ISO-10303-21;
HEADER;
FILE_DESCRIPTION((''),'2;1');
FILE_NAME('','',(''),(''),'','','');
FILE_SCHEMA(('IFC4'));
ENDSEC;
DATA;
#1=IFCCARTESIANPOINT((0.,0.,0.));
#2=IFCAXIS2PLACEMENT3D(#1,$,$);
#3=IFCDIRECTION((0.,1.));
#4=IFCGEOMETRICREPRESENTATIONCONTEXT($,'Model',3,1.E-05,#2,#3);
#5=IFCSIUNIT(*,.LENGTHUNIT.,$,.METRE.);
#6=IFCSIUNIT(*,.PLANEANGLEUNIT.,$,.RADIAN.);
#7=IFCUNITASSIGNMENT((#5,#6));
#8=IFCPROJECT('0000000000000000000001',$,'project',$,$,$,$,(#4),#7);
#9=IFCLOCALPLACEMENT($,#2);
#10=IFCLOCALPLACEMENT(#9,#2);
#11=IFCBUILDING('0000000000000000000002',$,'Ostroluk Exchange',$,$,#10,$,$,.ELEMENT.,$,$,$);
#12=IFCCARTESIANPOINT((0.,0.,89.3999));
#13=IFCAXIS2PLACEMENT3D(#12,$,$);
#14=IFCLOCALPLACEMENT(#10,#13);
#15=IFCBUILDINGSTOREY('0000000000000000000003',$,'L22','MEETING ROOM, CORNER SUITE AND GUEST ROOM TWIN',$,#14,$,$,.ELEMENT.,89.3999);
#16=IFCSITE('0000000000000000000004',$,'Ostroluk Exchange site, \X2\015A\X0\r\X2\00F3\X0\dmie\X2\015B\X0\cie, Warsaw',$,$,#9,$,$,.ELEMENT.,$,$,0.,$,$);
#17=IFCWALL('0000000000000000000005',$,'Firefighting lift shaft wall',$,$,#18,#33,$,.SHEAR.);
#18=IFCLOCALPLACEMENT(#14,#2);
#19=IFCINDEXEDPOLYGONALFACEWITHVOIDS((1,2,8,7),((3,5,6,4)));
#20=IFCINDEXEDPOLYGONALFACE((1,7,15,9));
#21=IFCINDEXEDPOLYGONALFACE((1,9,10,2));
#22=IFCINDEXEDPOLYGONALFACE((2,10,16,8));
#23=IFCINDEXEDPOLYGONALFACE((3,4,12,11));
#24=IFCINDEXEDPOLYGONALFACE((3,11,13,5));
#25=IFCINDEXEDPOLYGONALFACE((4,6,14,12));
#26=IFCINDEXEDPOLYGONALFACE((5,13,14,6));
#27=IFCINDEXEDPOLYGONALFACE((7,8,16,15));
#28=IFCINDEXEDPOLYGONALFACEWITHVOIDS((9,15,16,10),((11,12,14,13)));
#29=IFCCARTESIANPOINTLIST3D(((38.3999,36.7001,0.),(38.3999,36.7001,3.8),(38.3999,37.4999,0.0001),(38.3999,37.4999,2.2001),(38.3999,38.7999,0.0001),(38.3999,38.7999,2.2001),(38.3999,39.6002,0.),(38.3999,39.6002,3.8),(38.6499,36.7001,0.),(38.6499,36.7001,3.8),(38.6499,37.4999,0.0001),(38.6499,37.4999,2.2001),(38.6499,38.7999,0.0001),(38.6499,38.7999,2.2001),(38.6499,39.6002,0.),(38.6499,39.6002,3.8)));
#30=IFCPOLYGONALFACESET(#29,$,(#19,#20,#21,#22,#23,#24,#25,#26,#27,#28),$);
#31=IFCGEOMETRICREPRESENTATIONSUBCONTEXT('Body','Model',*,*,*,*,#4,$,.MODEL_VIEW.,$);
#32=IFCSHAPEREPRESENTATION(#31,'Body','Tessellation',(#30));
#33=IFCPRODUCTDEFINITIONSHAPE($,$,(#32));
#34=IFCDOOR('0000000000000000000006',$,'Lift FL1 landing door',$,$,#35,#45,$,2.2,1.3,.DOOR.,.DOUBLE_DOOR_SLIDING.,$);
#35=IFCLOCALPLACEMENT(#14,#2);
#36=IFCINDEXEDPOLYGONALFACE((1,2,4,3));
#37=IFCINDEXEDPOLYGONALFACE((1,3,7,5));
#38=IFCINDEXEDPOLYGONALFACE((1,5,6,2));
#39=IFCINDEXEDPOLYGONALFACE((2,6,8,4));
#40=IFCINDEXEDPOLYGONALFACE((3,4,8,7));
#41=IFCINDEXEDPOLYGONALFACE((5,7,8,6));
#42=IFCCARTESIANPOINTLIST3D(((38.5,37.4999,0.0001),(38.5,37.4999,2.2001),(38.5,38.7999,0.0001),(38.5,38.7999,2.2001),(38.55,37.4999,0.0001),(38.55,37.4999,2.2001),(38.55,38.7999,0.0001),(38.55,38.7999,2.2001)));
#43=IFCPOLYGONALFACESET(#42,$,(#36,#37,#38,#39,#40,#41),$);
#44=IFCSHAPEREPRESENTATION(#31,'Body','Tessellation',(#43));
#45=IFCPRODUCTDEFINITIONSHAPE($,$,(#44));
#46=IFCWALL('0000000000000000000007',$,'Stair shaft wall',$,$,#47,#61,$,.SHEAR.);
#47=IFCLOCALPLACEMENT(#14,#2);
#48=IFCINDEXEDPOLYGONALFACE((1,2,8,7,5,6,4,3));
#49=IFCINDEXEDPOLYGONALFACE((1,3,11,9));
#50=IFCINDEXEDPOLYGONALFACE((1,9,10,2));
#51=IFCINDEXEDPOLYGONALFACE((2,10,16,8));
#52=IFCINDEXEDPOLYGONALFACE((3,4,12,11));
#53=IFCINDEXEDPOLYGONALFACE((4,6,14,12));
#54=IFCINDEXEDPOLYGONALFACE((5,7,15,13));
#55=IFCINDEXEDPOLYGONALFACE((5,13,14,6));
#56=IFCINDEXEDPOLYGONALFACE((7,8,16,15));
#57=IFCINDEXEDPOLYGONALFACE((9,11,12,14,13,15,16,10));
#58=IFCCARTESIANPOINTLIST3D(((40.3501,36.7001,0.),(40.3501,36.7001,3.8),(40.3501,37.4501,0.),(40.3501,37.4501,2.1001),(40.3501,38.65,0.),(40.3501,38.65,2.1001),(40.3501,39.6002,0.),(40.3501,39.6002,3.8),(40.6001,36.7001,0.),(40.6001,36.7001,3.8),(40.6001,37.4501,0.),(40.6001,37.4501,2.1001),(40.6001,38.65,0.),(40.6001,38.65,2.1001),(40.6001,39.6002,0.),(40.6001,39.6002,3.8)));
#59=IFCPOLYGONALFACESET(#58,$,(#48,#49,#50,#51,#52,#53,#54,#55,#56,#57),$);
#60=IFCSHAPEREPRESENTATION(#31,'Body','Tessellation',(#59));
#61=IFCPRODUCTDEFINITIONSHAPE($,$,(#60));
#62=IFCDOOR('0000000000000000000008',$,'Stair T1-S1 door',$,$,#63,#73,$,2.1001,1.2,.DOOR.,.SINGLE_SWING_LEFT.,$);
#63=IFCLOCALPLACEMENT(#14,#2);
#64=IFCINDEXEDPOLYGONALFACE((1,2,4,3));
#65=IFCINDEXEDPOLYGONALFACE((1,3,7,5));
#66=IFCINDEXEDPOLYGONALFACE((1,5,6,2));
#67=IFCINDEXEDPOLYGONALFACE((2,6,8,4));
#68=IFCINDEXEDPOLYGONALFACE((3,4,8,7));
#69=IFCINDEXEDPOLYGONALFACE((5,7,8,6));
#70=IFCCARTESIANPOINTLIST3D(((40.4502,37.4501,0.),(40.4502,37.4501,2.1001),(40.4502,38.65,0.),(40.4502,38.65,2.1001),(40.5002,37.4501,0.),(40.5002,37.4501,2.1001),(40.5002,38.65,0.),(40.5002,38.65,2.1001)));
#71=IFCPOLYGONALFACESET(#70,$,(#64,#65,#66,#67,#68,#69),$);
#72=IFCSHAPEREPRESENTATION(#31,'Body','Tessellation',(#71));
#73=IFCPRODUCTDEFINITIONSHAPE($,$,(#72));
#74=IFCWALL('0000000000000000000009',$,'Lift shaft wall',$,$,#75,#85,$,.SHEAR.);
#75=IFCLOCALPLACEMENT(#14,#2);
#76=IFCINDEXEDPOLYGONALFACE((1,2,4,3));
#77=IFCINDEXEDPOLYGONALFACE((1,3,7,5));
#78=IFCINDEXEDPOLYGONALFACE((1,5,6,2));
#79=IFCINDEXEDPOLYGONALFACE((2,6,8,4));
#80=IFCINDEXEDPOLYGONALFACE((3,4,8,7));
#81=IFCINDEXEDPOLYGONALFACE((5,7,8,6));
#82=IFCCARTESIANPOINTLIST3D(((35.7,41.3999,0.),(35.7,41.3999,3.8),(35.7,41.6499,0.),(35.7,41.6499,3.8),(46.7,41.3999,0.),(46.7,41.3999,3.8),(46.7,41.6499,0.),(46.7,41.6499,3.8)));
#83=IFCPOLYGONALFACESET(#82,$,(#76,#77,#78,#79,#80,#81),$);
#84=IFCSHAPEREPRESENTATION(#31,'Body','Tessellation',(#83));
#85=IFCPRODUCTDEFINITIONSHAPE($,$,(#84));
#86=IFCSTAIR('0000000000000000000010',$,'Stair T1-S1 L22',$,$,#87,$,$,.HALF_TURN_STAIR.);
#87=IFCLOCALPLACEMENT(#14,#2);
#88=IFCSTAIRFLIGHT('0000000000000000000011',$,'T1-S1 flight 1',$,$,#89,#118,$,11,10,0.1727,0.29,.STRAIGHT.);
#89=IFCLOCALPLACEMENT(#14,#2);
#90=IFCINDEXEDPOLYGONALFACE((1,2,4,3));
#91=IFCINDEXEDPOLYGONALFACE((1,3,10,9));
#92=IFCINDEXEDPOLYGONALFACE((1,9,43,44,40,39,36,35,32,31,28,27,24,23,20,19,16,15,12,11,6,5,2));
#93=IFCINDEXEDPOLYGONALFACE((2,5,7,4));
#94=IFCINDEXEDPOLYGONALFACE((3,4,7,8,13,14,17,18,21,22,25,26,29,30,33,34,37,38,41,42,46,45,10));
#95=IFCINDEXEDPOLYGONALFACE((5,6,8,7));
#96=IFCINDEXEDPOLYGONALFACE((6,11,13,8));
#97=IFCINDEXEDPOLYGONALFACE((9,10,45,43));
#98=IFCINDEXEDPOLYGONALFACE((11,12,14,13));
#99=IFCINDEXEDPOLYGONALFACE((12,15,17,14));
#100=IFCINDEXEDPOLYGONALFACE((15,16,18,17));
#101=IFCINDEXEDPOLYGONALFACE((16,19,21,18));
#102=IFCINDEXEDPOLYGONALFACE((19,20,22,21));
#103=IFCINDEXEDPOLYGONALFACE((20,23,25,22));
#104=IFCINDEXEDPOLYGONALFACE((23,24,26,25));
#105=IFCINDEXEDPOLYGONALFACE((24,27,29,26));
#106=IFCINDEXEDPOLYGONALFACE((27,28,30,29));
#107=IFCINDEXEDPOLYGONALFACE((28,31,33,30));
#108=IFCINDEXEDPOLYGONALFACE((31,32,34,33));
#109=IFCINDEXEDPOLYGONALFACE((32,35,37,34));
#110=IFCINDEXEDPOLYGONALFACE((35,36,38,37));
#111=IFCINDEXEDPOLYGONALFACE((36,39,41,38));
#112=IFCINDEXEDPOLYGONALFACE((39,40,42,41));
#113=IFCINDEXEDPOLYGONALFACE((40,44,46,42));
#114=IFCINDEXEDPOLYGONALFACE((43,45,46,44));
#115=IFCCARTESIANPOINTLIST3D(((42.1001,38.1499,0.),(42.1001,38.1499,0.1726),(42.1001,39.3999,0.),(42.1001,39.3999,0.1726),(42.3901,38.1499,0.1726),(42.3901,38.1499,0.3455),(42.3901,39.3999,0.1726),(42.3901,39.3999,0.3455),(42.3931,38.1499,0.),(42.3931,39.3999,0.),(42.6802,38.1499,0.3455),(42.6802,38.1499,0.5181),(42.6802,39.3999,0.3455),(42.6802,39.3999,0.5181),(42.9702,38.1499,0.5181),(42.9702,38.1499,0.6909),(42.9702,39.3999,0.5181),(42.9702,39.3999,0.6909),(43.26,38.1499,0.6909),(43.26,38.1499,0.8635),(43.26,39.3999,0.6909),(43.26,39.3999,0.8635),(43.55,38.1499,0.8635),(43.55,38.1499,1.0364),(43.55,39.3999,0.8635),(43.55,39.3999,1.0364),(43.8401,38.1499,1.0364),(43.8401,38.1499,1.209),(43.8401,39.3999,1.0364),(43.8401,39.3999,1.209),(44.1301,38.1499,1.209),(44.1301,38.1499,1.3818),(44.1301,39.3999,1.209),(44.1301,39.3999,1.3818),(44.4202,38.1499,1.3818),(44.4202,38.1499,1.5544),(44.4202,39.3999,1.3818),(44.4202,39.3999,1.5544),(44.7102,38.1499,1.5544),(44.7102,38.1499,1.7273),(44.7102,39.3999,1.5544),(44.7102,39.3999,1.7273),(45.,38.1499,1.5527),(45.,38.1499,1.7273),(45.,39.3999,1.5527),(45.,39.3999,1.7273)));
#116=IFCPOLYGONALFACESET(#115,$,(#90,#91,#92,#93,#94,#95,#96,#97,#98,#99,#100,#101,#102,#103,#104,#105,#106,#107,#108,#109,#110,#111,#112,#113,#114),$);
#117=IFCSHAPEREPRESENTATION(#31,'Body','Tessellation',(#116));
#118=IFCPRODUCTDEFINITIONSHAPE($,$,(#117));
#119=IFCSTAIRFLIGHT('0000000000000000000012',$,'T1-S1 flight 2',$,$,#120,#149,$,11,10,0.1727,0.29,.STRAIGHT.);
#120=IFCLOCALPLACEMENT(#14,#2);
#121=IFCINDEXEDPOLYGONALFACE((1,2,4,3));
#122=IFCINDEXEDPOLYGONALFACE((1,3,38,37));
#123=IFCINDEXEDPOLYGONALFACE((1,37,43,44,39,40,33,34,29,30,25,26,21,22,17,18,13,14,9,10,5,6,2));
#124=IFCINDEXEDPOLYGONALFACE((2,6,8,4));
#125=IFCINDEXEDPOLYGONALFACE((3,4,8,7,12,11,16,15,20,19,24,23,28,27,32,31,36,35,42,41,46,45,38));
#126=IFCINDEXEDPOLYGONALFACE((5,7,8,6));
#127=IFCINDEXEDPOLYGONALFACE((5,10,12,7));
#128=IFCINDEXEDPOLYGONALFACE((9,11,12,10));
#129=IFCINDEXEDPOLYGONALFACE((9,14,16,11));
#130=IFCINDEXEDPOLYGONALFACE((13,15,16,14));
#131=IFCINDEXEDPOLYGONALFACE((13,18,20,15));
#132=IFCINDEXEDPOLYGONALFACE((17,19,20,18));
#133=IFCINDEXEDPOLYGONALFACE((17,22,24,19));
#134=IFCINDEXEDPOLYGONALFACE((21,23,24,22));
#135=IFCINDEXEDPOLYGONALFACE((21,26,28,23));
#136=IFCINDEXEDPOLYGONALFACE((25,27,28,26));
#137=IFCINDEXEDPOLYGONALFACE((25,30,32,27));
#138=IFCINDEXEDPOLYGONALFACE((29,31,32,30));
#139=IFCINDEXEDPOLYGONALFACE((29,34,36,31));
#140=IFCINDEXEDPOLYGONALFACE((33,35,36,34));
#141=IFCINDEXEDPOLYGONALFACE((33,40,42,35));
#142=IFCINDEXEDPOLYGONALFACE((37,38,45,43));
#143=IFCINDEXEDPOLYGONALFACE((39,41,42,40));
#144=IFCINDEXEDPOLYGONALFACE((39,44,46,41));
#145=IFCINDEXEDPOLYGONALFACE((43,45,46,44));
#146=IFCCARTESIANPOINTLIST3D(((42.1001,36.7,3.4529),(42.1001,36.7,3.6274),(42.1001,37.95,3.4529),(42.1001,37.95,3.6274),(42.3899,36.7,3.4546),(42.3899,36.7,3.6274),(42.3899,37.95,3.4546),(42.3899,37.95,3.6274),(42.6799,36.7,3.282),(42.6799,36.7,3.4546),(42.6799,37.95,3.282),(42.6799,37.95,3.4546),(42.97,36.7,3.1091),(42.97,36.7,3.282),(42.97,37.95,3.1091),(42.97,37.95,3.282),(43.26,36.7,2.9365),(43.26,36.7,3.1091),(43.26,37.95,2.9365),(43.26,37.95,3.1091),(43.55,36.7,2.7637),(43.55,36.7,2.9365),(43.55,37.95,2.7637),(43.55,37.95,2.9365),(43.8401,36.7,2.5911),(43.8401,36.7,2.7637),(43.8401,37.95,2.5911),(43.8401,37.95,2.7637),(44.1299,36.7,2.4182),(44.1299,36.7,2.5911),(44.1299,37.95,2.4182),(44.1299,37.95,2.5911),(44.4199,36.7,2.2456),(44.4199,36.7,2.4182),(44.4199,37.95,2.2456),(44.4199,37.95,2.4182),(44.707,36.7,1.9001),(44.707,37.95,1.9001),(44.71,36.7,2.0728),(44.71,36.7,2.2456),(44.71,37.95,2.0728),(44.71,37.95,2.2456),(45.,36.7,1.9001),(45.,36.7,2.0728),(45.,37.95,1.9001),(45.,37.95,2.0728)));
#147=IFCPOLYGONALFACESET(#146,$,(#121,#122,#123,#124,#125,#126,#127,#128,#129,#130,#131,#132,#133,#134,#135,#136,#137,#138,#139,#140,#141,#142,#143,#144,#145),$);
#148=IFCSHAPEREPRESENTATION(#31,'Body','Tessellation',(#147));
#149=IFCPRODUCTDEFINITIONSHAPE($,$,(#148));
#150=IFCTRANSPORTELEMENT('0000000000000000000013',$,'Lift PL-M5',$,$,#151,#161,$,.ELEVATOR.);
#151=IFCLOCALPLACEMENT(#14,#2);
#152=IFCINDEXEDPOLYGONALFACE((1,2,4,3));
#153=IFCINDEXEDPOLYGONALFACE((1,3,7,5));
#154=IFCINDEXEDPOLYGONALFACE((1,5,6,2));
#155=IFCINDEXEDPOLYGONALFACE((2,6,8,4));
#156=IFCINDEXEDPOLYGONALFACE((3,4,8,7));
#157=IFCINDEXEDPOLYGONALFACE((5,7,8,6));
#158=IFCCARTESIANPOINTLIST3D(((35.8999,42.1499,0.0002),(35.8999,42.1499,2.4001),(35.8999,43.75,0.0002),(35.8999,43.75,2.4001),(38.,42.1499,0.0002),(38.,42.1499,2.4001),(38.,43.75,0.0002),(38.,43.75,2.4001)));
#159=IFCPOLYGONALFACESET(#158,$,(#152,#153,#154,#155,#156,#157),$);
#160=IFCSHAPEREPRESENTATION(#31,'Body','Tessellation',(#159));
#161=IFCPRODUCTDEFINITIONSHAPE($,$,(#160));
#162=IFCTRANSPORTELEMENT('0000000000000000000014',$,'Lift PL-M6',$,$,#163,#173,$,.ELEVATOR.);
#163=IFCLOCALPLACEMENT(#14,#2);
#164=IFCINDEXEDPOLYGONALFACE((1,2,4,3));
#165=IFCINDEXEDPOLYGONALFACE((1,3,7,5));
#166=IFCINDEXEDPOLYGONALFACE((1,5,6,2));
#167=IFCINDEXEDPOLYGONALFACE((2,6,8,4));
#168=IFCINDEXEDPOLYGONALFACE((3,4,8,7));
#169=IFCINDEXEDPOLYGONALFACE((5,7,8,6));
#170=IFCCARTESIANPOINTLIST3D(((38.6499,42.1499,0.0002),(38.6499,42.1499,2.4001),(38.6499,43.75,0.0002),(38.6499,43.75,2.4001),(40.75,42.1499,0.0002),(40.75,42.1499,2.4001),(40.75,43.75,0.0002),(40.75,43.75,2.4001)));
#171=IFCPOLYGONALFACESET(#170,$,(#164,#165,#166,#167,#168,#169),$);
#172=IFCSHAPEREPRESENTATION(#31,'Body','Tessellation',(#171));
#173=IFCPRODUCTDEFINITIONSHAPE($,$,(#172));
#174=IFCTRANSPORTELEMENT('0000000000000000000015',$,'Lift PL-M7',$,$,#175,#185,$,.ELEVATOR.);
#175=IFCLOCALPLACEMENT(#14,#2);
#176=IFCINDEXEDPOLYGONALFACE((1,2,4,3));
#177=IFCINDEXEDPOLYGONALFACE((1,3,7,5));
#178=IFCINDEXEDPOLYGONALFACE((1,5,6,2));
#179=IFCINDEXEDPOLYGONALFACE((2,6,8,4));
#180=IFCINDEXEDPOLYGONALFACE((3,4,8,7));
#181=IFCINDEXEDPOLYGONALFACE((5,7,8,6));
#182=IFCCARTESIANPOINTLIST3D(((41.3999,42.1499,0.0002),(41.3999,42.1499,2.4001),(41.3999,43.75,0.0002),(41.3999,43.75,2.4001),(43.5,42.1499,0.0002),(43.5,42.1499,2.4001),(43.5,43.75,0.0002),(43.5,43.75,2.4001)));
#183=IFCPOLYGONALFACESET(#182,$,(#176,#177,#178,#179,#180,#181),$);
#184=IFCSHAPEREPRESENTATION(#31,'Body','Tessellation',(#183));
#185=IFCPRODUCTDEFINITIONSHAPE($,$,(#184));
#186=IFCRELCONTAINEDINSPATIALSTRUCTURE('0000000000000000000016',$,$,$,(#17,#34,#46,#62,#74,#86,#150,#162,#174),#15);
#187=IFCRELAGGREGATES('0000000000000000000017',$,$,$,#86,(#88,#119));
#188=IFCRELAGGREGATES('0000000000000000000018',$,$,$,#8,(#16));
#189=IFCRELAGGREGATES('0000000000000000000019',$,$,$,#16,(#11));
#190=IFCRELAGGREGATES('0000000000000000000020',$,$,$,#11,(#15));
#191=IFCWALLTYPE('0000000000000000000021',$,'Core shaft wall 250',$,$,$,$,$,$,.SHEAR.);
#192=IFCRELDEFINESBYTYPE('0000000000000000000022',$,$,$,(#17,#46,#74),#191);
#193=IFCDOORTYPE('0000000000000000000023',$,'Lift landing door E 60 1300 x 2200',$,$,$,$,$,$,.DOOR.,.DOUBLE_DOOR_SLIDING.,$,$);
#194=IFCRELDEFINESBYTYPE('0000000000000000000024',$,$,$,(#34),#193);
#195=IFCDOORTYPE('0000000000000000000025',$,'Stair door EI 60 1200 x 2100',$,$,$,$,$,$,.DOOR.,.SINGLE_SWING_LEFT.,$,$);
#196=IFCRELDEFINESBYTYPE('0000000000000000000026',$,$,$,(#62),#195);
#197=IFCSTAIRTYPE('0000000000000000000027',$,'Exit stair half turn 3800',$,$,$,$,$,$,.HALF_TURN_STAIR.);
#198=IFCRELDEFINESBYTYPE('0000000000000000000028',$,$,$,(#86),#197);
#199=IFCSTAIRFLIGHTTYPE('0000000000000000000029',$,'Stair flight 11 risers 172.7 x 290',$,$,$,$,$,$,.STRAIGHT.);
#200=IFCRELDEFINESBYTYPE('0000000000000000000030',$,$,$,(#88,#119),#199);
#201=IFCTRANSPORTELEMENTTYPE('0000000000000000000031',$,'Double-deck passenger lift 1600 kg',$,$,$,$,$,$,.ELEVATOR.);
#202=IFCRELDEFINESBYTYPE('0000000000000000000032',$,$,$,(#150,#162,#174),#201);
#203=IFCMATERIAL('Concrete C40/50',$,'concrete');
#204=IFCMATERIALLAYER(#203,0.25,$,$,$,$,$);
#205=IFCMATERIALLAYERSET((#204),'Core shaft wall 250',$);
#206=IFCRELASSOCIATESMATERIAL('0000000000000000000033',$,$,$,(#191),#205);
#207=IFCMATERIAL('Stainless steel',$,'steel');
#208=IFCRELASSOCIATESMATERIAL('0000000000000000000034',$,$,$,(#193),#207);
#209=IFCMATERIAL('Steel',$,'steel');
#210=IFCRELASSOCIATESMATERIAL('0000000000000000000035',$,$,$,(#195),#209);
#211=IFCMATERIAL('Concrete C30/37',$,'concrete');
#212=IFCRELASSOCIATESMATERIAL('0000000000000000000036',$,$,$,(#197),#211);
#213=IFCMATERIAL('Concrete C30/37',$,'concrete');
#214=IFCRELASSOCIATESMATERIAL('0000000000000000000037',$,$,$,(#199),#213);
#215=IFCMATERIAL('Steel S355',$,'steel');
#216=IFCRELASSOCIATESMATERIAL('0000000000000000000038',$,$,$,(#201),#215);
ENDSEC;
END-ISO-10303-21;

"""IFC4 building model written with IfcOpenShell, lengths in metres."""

from ifc_helpers import new_model, si_unit, direction, frame, frame_2d, origin, origin_2d, place, context, subcontext, project, spatial, polyline, rectangle, outline, extrude, material, layer, layer_set, type_object, element, fill, aggregate, save


model = new_model("IFC4")

# Units and contexts
model_context = context("Model", 3, precision=1e-05, world=origin(), true_north=direction((0.0, 1.0)))
body_context = subcontext(model_context, "Body", "Model", "MODEL_VIEW")
ifc_project = project(units=[si_unit("LENGTHUNIT", "METRE"), si_unit("PLANEANGLEUNIT", "RADIAN")], contexts=[model_context])

# Site, building, storey
site_placement = place(None, origin())
site = spatial("IfcSite", under=ifc_project, at=site_placement, Name="Ostroluk Exchange site, Śródmieście, Warsaw", CompositionType="ELEMENT", RefElevation=0.0)
building_placement = place(site_placement, origin())
building = spatial("IfcBuilding", under=site, at=building_placement, Name="Ostroluk Exchange", CompositionType="ELEMENT")
storey_placement = place(building_placement, frame((0.0, 0.0, 89.3999)))
storey = spatial("IfcBuildingStorey", under=building, at=storey_placement, Name="L22", Description="MEETING ROOM, CORNER SUITE AND GUEST ROOM TWIN", CompositionType="ELEMENT", Elevation=89.3999)

# Walls, openings, doors
ifc_material_1 = material(Name="Concrete C40/50", Category="concrete")
ifc_layer_1 = layer(ifc_material_1, 0.25)
ifc_layer_set_1 = layer_set([ifc_layer_1], Name="Core shaft wall 250")
wall_type_1 = type_object("IfcWallType", Name="Core shaft wall 250", PredefinedType="SHEAR", material=ifc_layer_set_1)
wall_1_placement = place(storey_placement, frame((38.5249, 36.7, 0.0), z_axis=(0.0, 0.0, 1.0), x_axis=(0.0, 1.0, 0.0)))
wall_1 = element("IfcWall", 1, at=wall_1_placement, inside=storey, type_object=wall_type_1, Name="Firefighting lift shaft wall", PredefinedType="SHEAR", context=body_context, shape_type="SweptSolid", body=[
    extrude(rectangle(XDim=2.9001, YDim=0.25, at=frame_2d((1.4502, 0.0))), origin(), (0.0, 0.0, 1.0), 3.8),
])
opening_1_placement = place(wall_1_placement, frame((0.8, 0.0, 0.0)))
opening_1 = element("IfcOpeningElement", 2, at=opening_1_placement, cuts=wall_1, PredefinedType="OPENING", context=body_context, shape_type="SweptSolid", body=[
    extrude(rectangle(XDim=1.3, YDim=2.2, at=frame_2d((0.6499, 1.1001))), frame((0.0, 0.135, 0.0), z_axis=(0.0, -1.0, 0.0), x_axis=(1.0, 0.0, 0.0)), (0.0, 0.0, 1.0), 0.27),
])
ifc_material_2 = material(Name="Stainless steel", Category="steel")
door_type_1 = type_object("IfcDoorType", Name="Lift landing door E 60 1300 x 2200", OperationType="DOUBLE_DOOR_SLIDING", PredefinedType="DOOR", material=ifc_material_2)
door_1_placement = place(opening_1_placement, origin())
door_1 = element("IfcDoor", 3, at=door_1_placement, inside=storey, type_object=door_type_1, Name="Lift FL1 landing door", OperationType="DOUBLE_DOOR_SLIDING", OverallHeight=2.2, OverallWidth=1.3, PredefinedType="DOOR", context=body_context, shape_type="SweptSolid", body=[
    extrude(rectangle(XDim=1.3, YDim=2.2, at=frame_2d((0.6499, 1.1001))), frame((0.0, 0.0249, 0.0), z_axis=(0.0, -1.0, 0.0), x_axis=(1.0, 0.0, 0.0)), (0.0, 0.0, 1.0), 0.05),
])
fill(opening_1, door_1)
wall_2_placement = place(storey_placement, frame((40.4751, 36.7, 0.0), z_axis=(0.0, 0.0, 1.0), x_axis=(0.0, 1.0, 0.0)))
wall_2 = element("IfcWall", 4, at=wall_2_placement, inside=storey, type_object=wall_type_1, Name="Stair shaft wall", PredefinedType="SHEAR", context=body_context, shape_type="SweptSolid", body=[
    extrude(rectangle(XDim=2.9001, YDim=0.25, at=frame_2d((1.4502, 0.0))), origin(), (0.0, 0.0, 1.0), 3.8),
])
opening_2_placement = place(wall_2_placement, frame((0.75, 0.0, 0.0)))
opening_2 = element("IfcOpeningElement", 5, at=opening_2_placement, cuts=wall_2, PredefinedType="OPENING", context=body_context, shape_type="SweptSolid", body=[
    extrude(rectangle(XDim=1.2, YDim=2.1001, at=frame_2d((0.6001, 1.05))), frame((0.0, 0.135, 0.0), z_axis=(0.0, -1.0, 0.0), x_axis=(1.0, 0.0, 0.0)), (0.0, 0.0, 1.0), 0.27),
])
ifc_material_3 = material(Name="Steel", Category="steel")
door_type_2 = type_object("IfcDoorType", Name="Stair door EI 60 1200 x 2100", OperationType="SINGLE_SWING_LEFT", PredefinedType="DOOR", material=ifc_material_3)
door_2_placement = place(opening_2_placement, origin())
door_2 = element("IfcDoor", 6, at=door_2_placement, inside=storey, type_object=door_type_2, Name="Stair T1-S1 door", OperationType="SINGLE_SWING_LEFT", OverallHeight=2.1001, OverallWidth=1.2, PredefinedType="DOOR", context=body_context, shape_type="SweptSolid", body=[
    extrude(rectangle(XDim=1.2, YDim=2.1001, at=frame_2d((0.6001, 1.05))), frame((0.0, 0.0249, 0.0), z_axis=(0.0, -1.0, 0.0), x_axis=(1.0, 0.0, 0.0)), (0.0, 0.0, 1.0), 0.05),
])
fill(opening_2, door_2)

# Wall
wall_3_placement = place(storey_placement, frame((35.7, 41.5249, 0.0), z_axis=(0.0, 0.0, 1.0), x_axis=(1.0, 0.0, 0.0)))
element("IfcWall", 7, at=wall_3_placement, inside=storey, type_object=wall_type_1, Name="Lift shaft wall", PredefinedType="SHEAR", context=body_context, shape_type="SweptSolid", body=[
    extrude(rectangle(XDim=11.0, YDim=0.25, at=frame_2d((5.5, 0.0))), origin(), (0.0, 0.0, 1.0), 3.8),
])

# Stair, stair flights
ifc_material_4 = material(Name="Concrete C30/37", Category="concrete")
stair_type = type_object("IfcStairType", Name="Exit stair half turn 3800", PredefinedType="HALF_TURN_STAIR", material=ifc_material_4)
stair_placement = place(storey_placement, origin())
stair = element("IfcStair", 8, at=stair_placement, inside=storey, type_object=stair_type, Name="Stair T1-S1 L22", PredefinedType="HALF_TURN_STAIR")
ifc_material_5 = material(Name="Concrete C30/37", Category="concrete")
stair_flight_type = type_object("IfcStairFlightType", Name="Stair flight 11 risers 172.7 x 290", PredefinedType="STRAIGHT", material=ifc_material_5)
stair_flight_1_placement = place(storey_placement, frame((42.1001, 38.7749, 0.0), z_axis=(0.0, 0.0, 1.0), x_axis=(1.0, 0.0, 0.0)))
stair_flight_1 = element("IfcStairFlight", 9, at=stair_flight_1_placement, type_object=stair_flight_type, Name="T1-S1 flight 1", NumberOfRisers=11, NumberOfTreads=10, PredefinedType="STRAIGHT", RiserHeight=0.1727, TreadLength=0.29, context=body_context, shape_type="SweptSolid", body=[
    extrude(outline(polyline([(0.0, 0.0), (0.0, 0.1726), (0.29, 0.1726), (0.29, 0.3455), (0.5801, 0.3455), (0.5801, 0.5181), (0.8701, 0.5181), (0.8701, 0.6909), (1.1599, 0.6909), (1.1599, 0.8635), (1.45, 0.8635), (1.45, 1.0364), (1.74, 1.0364), (1.74, 1.209), (2.03, 1.209), (2.03, 1.3818), (2.3201, 1.3818), (2.3201, 1.5544), (2.6101, 1.5544), (2.6101, 1.7273), (2.8999, 1.7273), (2.8999, 1.8999), (2.8999, 1.5527), (0.293, 0.0), (0.0, 0.0)])), frame((0.0, 0.625, 0.0), z_axis=(0.0, -1.0, 0.0), x_axis=(1.0, 0.0, 0.0)), (0.0, 0.0, 1.0), 1.25),
])
stair_flight_2_placement = place(storey_placement, frame((45.0, 37.325, 1.9001), z_axis=(0.0, 0.0, 1.0), x_axis=(-1.0, 0.0, 0.0)))
stair_flight_2 = element("IfcStairFlight", 10, at=stair_flight_2_placement, type_object=stair_flight_type, Name="T1-S1 flight 2", NumberOfRisers=11, NumberOfTreads=10, PredefinedType="STRAIGHT", RiserHeight=0.1727, TreadLength=0.29, context=body_context, shape_type="SweptSolid", body=[
    extrude(outline(polyline([(0.0, 0.0), (0.0, 0.1726), (0.29, 0.1726), (0.29, 0.3455), (0.5801, 0.3455), (0.5801, 0.5181), (0.8701, 0.5181), (0.8701, 0.6909), (1.1599, 0.6909), (1.1599, 0.8635), (1.45, 0.8635), (1.45, 1.0364), (1.74, 1.0364), (1.74, 1.209), (2.03, 1.209), (2.03, 1.3818), (2.3201, 1.3818), (2.3201, 1.5544), (2.6101, 1.5544), (2.6101, 1.7273), (2.8999, 1.7273), (2.8999, 1.8999), (2.8999, 1.5527), (0.293, 0.0), (0.0, 0.0)])), frame((0.0, 0.625, 0.0), z_axis=(0.0, -1.0, 0.0), x_axis=(1.0, 0.0, 0.0)), (0.0, 0.0, 1.0), 1.25),
])
aggregate(stair, [stair_flight_1, stair_flight_2])

# Transport elements
ifc_material_6 = material(Name="Steel S355", Category="steel")
transport_element_type = type_object("IfcTransportElementType", Name="Double-deck passenger lift 1600 kg", PredefinedType="ELEVATOR", material=ifc_material_6)
for number, where, z_axis, x_axis, name in (
    (11, (36.95, 42.95, 0.0002), (0.0, 0.0, 1.0), (1.0, 0.0, 0.0), "Lift PL-M5"),
    (12, (39.7, 42.95, 0.0002), (0.0, 0.0, 1.0), (1.0, 0.0, 0.0), "Lift PL-M6"),
    (13, (42.45, 42.95, 0.0002), (0.0, 0.0, 1.0), (1.0, 0.0, 0.0), "Lift PL-M7"),
):
    element("IfcTransportElement", number, at=place(storey_placement, frame(where, z_axis=z_axis, x_axis=x_axis)), inside=storey, type_object=transport_element_type, Name=name, PredefinedType="ELEVATOR", context=body_context, shape_type="SweptSolid", body=[
        extrude(rectangle(XDim=2.1001, YDim=1.6001, at=origin_2d()), origin(), (0.0, 0.0, 1.0), 2.3999),
    ])

save(model, "model.ifc")
